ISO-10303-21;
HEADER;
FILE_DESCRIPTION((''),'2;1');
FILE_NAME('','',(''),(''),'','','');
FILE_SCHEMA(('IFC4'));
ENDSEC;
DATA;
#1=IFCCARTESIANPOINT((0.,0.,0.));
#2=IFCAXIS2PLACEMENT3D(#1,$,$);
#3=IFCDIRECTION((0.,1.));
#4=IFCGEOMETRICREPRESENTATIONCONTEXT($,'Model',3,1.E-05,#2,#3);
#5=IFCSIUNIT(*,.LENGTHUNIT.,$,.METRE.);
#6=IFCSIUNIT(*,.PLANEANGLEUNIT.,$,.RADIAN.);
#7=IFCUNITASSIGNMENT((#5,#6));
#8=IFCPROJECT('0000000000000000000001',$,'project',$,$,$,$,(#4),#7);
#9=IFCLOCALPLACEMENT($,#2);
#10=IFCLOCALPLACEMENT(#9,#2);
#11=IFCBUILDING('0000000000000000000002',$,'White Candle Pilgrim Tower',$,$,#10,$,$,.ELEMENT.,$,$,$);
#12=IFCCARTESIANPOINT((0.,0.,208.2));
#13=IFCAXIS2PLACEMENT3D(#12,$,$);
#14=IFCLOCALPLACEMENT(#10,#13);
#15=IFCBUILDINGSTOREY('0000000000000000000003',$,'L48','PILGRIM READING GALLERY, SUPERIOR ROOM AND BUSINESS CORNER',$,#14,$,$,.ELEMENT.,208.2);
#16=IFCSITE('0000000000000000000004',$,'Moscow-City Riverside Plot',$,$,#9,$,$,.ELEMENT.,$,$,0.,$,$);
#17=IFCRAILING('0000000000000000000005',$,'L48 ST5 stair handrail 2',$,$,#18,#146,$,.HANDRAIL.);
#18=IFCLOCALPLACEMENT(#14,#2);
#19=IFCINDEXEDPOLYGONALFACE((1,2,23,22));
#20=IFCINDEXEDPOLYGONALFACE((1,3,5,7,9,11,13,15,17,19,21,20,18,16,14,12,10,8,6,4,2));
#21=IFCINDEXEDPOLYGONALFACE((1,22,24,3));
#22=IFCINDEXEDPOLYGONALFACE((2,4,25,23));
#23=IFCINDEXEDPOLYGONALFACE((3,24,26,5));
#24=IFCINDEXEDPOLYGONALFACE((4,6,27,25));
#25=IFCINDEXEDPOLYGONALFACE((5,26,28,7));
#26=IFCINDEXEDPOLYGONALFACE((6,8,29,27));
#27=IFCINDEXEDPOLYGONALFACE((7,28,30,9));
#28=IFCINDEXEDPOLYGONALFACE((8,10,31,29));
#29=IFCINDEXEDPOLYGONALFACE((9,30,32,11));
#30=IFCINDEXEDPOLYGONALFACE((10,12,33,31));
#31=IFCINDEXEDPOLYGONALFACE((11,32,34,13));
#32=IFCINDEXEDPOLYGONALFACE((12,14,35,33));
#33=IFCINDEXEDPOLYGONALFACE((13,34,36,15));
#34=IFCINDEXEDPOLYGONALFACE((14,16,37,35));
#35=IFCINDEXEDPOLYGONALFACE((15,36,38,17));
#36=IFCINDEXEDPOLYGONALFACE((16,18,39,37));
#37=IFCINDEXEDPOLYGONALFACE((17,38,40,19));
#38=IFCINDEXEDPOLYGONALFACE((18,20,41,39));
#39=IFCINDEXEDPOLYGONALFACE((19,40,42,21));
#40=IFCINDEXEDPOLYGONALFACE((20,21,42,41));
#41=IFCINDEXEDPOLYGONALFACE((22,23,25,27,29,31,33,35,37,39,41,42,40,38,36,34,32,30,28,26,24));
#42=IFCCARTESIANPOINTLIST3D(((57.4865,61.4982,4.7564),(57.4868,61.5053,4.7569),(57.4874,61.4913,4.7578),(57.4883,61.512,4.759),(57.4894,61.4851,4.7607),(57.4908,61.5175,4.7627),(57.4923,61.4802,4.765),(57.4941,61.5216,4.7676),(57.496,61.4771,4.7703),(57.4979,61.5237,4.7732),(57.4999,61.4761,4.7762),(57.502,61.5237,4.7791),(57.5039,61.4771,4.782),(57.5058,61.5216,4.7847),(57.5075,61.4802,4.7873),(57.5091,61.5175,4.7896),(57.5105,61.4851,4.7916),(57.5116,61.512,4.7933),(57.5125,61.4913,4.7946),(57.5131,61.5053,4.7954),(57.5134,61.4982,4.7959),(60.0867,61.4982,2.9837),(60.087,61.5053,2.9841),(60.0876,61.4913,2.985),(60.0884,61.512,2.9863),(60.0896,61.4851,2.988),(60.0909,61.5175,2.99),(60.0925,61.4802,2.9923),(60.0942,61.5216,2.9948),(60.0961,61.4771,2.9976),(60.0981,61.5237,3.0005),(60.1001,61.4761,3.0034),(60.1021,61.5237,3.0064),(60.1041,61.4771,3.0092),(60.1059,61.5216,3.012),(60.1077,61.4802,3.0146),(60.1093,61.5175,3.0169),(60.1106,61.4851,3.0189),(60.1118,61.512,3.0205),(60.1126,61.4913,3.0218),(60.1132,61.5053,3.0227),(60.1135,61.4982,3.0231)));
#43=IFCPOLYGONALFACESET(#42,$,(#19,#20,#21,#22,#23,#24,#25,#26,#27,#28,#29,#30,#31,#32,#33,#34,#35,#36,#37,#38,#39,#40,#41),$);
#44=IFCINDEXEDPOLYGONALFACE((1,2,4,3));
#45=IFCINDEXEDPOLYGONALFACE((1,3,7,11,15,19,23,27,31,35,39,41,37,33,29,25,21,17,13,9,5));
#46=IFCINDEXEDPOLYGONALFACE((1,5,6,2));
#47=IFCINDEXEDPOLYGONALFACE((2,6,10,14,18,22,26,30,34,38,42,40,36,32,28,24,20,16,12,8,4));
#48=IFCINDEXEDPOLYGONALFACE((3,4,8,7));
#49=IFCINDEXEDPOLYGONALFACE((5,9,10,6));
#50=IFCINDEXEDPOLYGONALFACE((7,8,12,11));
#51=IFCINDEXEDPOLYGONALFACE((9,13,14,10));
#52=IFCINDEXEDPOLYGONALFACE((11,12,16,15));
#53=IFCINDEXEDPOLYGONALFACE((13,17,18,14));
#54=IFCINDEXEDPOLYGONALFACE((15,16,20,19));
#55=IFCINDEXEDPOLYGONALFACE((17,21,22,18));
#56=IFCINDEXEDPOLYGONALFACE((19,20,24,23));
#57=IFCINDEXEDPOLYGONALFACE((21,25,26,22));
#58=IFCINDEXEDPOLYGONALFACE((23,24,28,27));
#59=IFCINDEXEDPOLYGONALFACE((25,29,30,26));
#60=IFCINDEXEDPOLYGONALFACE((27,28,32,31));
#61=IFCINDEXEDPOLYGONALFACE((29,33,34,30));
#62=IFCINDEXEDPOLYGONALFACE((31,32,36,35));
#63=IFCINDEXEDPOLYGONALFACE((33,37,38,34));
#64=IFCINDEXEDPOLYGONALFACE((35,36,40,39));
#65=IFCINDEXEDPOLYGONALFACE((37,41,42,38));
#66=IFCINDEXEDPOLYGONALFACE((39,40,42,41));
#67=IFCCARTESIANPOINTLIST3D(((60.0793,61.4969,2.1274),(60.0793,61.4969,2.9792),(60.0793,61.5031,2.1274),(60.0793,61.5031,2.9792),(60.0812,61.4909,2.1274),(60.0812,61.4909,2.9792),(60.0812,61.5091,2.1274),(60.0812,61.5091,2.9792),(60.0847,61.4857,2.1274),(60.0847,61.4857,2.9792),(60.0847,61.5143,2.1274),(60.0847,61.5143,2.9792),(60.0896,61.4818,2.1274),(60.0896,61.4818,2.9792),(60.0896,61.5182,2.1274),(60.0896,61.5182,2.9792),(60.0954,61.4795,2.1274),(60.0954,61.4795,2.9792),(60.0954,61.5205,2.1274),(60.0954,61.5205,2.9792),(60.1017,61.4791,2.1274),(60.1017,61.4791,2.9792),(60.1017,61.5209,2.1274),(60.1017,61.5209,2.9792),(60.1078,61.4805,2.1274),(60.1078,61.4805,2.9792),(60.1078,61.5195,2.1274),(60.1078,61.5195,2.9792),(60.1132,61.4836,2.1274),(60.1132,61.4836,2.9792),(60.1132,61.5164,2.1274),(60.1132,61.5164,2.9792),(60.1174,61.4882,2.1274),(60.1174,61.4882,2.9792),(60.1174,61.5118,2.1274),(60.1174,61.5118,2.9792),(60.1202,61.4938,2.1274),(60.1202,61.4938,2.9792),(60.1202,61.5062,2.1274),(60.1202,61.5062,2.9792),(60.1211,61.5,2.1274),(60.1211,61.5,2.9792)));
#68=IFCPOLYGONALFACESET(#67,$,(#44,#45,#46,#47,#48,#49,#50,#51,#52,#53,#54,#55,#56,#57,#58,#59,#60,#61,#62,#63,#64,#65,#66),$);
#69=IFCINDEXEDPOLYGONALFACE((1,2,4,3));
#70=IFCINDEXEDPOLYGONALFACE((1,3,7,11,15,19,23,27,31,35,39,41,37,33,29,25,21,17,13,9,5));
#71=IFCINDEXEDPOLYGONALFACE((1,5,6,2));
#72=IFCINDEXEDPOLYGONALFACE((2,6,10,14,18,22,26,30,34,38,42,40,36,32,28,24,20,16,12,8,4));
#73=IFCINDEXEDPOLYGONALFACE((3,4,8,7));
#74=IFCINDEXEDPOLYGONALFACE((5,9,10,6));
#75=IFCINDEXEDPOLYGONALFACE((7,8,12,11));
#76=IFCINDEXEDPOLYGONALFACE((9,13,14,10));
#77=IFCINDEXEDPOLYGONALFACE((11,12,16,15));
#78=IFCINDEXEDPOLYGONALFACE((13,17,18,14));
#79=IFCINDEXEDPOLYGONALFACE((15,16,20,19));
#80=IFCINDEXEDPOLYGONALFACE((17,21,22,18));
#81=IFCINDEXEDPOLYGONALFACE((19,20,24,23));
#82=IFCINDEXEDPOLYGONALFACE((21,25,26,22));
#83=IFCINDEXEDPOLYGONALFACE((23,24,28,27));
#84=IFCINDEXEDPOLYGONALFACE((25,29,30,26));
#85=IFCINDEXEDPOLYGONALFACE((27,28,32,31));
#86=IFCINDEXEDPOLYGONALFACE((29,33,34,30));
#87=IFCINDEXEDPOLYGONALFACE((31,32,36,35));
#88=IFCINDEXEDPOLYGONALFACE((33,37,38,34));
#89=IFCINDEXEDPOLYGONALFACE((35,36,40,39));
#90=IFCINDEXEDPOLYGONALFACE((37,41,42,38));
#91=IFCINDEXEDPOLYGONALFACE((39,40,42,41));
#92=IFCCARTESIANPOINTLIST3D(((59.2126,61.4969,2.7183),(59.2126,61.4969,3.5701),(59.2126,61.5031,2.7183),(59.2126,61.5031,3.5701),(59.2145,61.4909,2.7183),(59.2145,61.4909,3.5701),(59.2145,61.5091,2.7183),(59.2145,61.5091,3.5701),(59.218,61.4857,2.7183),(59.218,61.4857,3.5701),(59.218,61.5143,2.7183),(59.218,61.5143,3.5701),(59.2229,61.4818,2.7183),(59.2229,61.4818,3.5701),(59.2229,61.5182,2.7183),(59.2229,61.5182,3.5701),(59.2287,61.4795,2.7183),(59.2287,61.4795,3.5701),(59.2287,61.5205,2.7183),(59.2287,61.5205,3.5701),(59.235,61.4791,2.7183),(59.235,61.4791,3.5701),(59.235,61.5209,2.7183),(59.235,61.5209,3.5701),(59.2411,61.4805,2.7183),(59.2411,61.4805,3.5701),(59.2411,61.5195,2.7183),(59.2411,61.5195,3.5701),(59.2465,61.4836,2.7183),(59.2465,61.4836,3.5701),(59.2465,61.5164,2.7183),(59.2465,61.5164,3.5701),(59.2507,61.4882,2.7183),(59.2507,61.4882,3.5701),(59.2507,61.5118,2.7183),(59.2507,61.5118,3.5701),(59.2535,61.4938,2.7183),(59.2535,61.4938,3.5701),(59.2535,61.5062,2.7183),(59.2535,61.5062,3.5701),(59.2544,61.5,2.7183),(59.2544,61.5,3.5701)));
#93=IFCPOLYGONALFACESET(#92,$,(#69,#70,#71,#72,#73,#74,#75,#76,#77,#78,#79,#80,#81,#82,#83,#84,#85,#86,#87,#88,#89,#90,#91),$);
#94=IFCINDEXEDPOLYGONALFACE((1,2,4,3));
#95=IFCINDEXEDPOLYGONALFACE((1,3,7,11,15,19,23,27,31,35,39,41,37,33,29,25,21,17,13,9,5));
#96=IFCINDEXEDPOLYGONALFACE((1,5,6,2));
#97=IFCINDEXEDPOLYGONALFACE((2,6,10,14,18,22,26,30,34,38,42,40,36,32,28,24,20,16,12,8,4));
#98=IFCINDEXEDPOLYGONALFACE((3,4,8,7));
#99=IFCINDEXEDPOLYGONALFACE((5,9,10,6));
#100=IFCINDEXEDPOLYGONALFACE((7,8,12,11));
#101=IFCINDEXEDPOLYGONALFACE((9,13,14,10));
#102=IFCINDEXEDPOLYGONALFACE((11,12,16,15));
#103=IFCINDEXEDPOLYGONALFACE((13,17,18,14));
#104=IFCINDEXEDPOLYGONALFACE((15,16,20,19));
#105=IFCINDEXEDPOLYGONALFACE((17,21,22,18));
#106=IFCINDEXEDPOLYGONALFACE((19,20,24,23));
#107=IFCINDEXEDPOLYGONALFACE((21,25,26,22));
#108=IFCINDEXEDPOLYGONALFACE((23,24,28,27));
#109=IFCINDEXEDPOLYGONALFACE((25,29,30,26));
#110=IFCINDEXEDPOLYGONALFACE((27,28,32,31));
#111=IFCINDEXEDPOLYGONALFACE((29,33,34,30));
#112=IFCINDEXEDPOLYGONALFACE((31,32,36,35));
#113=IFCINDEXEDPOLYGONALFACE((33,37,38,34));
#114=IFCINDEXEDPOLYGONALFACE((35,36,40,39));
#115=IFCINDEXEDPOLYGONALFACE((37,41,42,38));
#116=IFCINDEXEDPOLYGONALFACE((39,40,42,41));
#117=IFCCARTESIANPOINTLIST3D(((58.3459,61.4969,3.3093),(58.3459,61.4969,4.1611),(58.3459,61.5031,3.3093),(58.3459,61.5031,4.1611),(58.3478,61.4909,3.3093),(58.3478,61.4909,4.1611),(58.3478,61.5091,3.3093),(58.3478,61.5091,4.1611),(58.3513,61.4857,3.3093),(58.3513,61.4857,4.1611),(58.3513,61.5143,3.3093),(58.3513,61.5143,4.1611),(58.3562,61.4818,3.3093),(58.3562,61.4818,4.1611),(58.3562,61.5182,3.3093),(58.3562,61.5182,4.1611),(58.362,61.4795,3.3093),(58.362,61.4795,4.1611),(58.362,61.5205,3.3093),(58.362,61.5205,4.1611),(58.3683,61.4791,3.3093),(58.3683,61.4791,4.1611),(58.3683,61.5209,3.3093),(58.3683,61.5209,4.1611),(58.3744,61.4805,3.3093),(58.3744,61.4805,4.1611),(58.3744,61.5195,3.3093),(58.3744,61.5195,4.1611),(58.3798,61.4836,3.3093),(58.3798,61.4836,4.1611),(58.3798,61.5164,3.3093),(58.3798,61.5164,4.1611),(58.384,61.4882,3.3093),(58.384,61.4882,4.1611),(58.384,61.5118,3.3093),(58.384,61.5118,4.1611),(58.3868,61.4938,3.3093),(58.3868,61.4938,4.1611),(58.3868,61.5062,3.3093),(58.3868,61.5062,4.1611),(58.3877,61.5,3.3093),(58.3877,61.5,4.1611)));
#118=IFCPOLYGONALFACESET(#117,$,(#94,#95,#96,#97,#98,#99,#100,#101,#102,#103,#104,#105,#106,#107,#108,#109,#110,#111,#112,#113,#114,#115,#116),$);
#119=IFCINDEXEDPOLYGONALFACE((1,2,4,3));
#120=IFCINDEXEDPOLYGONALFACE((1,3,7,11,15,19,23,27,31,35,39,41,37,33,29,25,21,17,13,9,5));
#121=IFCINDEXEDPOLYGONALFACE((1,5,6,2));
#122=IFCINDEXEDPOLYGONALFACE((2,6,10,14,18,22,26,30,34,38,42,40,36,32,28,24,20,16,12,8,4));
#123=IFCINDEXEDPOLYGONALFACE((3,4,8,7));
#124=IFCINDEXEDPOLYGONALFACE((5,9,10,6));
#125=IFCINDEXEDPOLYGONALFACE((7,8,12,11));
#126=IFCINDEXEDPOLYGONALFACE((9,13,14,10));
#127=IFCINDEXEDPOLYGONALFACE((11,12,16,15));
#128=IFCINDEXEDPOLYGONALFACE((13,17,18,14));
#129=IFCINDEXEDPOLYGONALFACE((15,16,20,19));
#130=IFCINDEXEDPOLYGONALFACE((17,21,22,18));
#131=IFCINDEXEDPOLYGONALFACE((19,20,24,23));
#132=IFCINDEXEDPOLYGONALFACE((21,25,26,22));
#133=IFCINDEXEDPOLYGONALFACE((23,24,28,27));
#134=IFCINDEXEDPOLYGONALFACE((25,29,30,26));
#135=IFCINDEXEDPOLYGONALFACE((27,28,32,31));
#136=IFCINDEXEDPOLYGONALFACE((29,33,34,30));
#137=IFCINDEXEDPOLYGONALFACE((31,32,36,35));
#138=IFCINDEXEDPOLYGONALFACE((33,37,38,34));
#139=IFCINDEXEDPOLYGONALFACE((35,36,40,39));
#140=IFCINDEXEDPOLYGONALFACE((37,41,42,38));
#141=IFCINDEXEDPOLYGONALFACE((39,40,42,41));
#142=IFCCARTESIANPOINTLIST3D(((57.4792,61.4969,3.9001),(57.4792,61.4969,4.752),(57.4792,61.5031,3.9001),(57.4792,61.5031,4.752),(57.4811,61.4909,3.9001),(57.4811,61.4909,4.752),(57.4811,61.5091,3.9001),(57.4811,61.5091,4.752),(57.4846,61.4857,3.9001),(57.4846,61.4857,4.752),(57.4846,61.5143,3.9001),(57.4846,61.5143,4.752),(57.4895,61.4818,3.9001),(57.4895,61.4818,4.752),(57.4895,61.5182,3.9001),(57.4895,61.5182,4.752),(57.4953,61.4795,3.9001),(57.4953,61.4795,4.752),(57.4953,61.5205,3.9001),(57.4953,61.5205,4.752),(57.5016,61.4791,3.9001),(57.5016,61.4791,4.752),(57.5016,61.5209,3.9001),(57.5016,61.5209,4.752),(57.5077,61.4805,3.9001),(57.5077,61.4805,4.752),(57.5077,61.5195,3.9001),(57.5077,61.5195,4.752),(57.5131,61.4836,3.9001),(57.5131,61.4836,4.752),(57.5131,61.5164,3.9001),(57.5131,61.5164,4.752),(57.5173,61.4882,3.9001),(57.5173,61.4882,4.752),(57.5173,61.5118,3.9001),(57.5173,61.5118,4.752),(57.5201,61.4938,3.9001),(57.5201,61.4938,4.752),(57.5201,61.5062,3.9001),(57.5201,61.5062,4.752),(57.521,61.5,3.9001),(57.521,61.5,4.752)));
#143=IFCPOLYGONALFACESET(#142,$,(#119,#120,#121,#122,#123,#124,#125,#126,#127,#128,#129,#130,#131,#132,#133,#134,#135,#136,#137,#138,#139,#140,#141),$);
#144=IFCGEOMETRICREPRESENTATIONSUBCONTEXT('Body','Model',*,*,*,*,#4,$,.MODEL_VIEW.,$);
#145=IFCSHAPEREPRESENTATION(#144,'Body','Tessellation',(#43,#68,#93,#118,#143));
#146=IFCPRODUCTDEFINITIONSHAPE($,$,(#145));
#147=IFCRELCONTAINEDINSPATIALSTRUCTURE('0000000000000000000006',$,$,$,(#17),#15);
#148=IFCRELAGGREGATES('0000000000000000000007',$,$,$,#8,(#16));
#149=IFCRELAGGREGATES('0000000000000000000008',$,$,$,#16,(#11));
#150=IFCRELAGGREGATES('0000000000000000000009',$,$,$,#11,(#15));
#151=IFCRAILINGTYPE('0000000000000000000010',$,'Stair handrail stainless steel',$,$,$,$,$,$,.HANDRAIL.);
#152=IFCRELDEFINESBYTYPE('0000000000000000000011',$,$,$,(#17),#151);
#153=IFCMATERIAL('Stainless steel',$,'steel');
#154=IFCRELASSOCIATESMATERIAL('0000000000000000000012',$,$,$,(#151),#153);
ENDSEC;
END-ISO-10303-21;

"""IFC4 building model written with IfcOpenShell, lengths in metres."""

from ifc_helpers import new_model, si_unit, direction, frame, origin, origin_2d, place, context, subcontext, project, spatial, circle, extrude, material, type_object, element, save


model = new_model("IFC4")

# Units and contexts
model_context = context("Model", 3, precision=1e-05, world=origin(), true_north=direction((0.0, 1.0)))
body_context = subcontext(model_context, "Body", "Model", "MODEL_VIEW")
ifc_project = project(units=[si_unit("LENGTHUNIT", "METRE"), si_unit("PLANEANGLEUNIT", "RADIAN")], contexts=[model_context])

# Site, building, storey
site_placement = place(None, origin())
site = spatial("IfcSite", under=ifc_project, at=site_placement, Name="Moscow-City Riverside Plot", CompositionType="ELEMENT", RefElevation=0.0)
building_placement = place(site_placement, origin())
building = spatial("IfcBuilding", under=site, at=building_placement, Name="White Candle Pilgrim Tower", CompositionType="ELEMENT")
storey_placement = place(building_placement, frame((0.0, 0.0, 208.2)))
storey = spatial("IfcBuildingStorey", under=building, at=storey_placement, Name="L48", Description="PILGRIM READING GALLERY, SUPERIOR ROOM AND BUSINESS CORNER", CompositionType="ELEMENT", Elevation=208.2)

# Railing
ifc_material_1 = material(Name="Stainless steel", Category="steel")
railing_type_1 = type_object("IfcRailingType", Name="Stair handrail stainless steel", PredefinedType="HANDRAIL", material=ifc_material_1)
railing_1_placement = place(storey_placement, frame((60.1001, 61.5, 2.1274)))
element("IfcRailing", 1, at=railing_1_placement, inside=storey, type_object=railing_type_1, Name="L48 ST5 stair handrail 2", PredefinedType="HANDRAIL", context=body_context, shape_type="SweptSolid", body=[
    extrude(circle(Radius=0.0239, at=origin_2d()), frame((0.0, 0.0, 0.876), z_axis=(-0.82624, 0.0, 0.563318), x_axis=(0.0, -1.0, 0.0)), (0.0, 0.0, 1.0), 3.147),
    extrude(circle(Radius=0.021, at=origin_2d()), origin(), (0.0, 0.0, 1.0), 0.8518),
    extrude(circle(Radius=0.021, at=origin_2d()), frame((-0.8667, 0.0, 0.5908)), (0.0, 0.0, 1.0), 0.8518),
    extrude(circle(Radius=0.021, at=origin_2d()), frame((-1.7334, 0.0, 1.1819)), (0.0, 0.0, 1.0), 0.8518),
    extrude(circle(Radius=0.021, at=origin_2d()), frame((-2.6001, 0.0, 1.7727)), (0.0, 0.0, 1.0), 0.8518),
])

save(model, "model.ifc")
